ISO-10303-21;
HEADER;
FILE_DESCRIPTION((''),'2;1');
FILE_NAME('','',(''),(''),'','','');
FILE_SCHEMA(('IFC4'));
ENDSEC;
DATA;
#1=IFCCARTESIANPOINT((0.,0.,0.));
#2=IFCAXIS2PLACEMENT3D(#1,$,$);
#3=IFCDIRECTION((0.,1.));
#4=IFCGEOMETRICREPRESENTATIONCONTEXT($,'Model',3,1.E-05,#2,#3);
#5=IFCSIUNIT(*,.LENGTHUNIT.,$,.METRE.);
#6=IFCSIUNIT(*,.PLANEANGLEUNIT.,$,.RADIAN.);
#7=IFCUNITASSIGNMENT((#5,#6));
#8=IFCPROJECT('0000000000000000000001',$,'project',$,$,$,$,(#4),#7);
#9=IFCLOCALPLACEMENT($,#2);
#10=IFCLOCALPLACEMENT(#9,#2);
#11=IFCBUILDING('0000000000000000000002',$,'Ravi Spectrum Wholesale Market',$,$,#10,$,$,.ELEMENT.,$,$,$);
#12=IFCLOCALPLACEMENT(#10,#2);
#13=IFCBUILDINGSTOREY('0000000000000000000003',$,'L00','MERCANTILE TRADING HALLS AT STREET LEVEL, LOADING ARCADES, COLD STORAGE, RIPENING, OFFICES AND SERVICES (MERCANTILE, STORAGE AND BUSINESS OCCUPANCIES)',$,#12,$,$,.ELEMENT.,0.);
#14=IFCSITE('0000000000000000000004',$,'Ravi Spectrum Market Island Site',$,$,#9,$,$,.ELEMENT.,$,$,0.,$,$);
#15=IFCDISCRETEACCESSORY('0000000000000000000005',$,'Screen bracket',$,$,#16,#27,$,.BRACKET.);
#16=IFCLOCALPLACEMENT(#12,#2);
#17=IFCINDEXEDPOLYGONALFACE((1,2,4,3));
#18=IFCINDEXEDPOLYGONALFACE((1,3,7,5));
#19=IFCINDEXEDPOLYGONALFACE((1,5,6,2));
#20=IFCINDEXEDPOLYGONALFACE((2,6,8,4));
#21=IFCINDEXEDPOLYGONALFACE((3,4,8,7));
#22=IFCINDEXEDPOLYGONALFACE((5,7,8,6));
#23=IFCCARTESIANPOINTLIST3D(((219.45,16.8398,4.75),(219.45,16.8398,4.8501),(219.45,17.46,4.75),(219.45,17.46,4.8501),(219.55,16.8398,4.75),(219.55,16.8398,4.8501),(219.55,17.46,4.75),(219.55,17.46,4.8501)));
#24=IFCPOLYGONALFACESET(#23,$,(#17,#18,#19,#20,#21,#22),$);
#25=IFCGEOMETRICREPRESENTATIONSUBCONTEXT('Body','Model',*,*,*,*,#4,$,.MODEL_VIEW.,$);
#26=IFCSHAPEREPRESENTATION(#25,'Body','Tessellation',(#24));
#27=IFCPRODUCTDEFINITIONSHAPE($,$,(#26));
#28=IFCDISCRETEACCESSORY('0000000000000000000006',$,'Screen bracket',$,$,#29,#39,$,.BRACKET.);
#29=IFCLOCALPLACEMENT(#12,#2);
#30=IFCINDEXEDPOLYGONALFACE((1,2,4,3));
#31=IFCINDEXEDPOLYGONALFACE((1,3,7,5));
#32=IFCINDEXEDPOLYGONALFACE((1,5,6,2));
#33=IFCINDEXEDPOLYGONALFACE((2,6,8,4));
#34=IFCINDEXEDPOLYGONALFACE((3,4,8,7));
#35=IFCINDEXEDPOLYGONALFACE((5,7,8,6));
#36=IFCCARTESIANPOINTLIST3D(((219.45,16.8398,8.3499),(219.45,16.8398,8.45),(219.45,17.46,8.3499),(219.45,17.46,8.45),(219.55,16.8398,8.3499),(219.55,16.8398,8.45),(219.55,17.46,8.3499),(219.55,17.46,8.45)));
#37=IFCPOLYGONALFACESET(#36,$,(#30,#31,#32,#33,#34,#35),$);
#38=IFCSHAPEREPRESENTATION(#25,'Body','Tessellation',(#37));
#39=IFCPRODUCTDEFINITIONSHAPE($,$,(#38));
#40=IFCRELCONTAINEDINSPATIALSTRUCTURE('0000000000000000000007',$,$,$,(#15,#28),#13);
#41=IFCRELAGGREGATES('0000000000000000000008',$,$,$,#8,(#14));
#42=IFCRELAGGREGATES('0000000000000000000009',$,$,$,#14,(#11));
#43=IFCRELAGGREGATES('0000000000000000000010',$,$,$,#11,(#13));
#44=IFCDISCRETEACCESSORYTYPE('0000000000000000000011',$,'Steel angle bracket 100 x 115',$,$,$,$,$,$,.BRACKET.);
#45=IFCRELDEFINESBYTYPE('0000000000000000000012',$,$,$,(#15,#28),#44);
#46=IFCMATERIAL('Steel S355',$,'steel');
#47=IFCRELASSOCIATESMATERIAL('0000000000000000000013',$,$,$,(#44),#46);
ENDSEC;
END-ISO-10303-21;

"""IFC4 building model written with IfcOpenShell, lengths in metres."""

from ifc_helpers import new_model, si_unit, direction, frame, origin, origin_2d, place, context, subcontext, project, spatial, rectangle, extrude, material, type_object, element, save


model = new_model("IFC4")

# Units and contexts
model_context = context("Model", 3, precision=1e-05, world=origin(), true_north=direction((0.0, 1.0)))
body_context = subcontext(model_context, "Body", "Model", "MODEL_VIEW")
ifc_project = project(units=[si_unit("LENGTHUNIT", "METRE"), si_unit("PLANEANGLEUNIT", "RADIAN")], contexts=[model_context])

# Site, building, storey
site_placement = place(None, origin())
site = spatial("IfcSite", under=ifc_project, at=site_placement, Name="Ravi Spectrum Market Island Site", CompositionType="ELEMENT", RefElevation=0.0)
building_placement = place(site_placement, origin())
building = spatial("IfcBuilding", under=site, at=building_placement, Name="Ravi Spectrum Wholesale Market", CompositionType="ELEMENT")
storey_placement = place(building_placement, origin())
storey = spatial("IfcBuildingStorey", under=building, at=storey_placement, Name="L00", Description="MERCANTILE TRADING HALLS AT STREET LEVEL, LOADING ARCADES, COLD STORAGE, RIPENING, OFFICES AND SERVICES (MERCANTILE, STORAGE AND BUSINESS OCCUPANCIES)", CompositionType="ELEMENT", Elevation=0.0)

# Discrete accessories
ifc_material_1 = material(Name="Steel S355", Category="steel")
discrete_accessory_type = type_object("IfcDiscreteAccessoryType", Name="Steel angle bracket 100 x 115", PredefinedType="BRACKET", material=ifc_material_1)
for number, where, z_axis, x_axis, name in (
    (1, (219.5, 17.1499, 4.75), (0.0, 0.0, 1.0), (1.0, 0.0, 0.0), "Screen bracket"),
    (2, (219.5, 17.1499, 8.3499), (0.0, 0.0, 1.0), (1.0, 0.0, 0.0), "Screen bracket"),
):
    element("IfcDiscreteAccessory", number, at=place(storey_placement, frame(where, z_axis=z_axis, x_axis=x_axis)), inside=storey, type_object=discrete_accessory_type, Name=name, PredefinedType="BRACKET", context=body_context, shape_type="SweptSolid", body=[
        extrude(rectangle(XDim=0.1001, YDim=0.6201, at=origin_2d()), origin(), (0.0, 0.0, 1.0), 0.1001),
    ])

save(model, "model.ifc")
